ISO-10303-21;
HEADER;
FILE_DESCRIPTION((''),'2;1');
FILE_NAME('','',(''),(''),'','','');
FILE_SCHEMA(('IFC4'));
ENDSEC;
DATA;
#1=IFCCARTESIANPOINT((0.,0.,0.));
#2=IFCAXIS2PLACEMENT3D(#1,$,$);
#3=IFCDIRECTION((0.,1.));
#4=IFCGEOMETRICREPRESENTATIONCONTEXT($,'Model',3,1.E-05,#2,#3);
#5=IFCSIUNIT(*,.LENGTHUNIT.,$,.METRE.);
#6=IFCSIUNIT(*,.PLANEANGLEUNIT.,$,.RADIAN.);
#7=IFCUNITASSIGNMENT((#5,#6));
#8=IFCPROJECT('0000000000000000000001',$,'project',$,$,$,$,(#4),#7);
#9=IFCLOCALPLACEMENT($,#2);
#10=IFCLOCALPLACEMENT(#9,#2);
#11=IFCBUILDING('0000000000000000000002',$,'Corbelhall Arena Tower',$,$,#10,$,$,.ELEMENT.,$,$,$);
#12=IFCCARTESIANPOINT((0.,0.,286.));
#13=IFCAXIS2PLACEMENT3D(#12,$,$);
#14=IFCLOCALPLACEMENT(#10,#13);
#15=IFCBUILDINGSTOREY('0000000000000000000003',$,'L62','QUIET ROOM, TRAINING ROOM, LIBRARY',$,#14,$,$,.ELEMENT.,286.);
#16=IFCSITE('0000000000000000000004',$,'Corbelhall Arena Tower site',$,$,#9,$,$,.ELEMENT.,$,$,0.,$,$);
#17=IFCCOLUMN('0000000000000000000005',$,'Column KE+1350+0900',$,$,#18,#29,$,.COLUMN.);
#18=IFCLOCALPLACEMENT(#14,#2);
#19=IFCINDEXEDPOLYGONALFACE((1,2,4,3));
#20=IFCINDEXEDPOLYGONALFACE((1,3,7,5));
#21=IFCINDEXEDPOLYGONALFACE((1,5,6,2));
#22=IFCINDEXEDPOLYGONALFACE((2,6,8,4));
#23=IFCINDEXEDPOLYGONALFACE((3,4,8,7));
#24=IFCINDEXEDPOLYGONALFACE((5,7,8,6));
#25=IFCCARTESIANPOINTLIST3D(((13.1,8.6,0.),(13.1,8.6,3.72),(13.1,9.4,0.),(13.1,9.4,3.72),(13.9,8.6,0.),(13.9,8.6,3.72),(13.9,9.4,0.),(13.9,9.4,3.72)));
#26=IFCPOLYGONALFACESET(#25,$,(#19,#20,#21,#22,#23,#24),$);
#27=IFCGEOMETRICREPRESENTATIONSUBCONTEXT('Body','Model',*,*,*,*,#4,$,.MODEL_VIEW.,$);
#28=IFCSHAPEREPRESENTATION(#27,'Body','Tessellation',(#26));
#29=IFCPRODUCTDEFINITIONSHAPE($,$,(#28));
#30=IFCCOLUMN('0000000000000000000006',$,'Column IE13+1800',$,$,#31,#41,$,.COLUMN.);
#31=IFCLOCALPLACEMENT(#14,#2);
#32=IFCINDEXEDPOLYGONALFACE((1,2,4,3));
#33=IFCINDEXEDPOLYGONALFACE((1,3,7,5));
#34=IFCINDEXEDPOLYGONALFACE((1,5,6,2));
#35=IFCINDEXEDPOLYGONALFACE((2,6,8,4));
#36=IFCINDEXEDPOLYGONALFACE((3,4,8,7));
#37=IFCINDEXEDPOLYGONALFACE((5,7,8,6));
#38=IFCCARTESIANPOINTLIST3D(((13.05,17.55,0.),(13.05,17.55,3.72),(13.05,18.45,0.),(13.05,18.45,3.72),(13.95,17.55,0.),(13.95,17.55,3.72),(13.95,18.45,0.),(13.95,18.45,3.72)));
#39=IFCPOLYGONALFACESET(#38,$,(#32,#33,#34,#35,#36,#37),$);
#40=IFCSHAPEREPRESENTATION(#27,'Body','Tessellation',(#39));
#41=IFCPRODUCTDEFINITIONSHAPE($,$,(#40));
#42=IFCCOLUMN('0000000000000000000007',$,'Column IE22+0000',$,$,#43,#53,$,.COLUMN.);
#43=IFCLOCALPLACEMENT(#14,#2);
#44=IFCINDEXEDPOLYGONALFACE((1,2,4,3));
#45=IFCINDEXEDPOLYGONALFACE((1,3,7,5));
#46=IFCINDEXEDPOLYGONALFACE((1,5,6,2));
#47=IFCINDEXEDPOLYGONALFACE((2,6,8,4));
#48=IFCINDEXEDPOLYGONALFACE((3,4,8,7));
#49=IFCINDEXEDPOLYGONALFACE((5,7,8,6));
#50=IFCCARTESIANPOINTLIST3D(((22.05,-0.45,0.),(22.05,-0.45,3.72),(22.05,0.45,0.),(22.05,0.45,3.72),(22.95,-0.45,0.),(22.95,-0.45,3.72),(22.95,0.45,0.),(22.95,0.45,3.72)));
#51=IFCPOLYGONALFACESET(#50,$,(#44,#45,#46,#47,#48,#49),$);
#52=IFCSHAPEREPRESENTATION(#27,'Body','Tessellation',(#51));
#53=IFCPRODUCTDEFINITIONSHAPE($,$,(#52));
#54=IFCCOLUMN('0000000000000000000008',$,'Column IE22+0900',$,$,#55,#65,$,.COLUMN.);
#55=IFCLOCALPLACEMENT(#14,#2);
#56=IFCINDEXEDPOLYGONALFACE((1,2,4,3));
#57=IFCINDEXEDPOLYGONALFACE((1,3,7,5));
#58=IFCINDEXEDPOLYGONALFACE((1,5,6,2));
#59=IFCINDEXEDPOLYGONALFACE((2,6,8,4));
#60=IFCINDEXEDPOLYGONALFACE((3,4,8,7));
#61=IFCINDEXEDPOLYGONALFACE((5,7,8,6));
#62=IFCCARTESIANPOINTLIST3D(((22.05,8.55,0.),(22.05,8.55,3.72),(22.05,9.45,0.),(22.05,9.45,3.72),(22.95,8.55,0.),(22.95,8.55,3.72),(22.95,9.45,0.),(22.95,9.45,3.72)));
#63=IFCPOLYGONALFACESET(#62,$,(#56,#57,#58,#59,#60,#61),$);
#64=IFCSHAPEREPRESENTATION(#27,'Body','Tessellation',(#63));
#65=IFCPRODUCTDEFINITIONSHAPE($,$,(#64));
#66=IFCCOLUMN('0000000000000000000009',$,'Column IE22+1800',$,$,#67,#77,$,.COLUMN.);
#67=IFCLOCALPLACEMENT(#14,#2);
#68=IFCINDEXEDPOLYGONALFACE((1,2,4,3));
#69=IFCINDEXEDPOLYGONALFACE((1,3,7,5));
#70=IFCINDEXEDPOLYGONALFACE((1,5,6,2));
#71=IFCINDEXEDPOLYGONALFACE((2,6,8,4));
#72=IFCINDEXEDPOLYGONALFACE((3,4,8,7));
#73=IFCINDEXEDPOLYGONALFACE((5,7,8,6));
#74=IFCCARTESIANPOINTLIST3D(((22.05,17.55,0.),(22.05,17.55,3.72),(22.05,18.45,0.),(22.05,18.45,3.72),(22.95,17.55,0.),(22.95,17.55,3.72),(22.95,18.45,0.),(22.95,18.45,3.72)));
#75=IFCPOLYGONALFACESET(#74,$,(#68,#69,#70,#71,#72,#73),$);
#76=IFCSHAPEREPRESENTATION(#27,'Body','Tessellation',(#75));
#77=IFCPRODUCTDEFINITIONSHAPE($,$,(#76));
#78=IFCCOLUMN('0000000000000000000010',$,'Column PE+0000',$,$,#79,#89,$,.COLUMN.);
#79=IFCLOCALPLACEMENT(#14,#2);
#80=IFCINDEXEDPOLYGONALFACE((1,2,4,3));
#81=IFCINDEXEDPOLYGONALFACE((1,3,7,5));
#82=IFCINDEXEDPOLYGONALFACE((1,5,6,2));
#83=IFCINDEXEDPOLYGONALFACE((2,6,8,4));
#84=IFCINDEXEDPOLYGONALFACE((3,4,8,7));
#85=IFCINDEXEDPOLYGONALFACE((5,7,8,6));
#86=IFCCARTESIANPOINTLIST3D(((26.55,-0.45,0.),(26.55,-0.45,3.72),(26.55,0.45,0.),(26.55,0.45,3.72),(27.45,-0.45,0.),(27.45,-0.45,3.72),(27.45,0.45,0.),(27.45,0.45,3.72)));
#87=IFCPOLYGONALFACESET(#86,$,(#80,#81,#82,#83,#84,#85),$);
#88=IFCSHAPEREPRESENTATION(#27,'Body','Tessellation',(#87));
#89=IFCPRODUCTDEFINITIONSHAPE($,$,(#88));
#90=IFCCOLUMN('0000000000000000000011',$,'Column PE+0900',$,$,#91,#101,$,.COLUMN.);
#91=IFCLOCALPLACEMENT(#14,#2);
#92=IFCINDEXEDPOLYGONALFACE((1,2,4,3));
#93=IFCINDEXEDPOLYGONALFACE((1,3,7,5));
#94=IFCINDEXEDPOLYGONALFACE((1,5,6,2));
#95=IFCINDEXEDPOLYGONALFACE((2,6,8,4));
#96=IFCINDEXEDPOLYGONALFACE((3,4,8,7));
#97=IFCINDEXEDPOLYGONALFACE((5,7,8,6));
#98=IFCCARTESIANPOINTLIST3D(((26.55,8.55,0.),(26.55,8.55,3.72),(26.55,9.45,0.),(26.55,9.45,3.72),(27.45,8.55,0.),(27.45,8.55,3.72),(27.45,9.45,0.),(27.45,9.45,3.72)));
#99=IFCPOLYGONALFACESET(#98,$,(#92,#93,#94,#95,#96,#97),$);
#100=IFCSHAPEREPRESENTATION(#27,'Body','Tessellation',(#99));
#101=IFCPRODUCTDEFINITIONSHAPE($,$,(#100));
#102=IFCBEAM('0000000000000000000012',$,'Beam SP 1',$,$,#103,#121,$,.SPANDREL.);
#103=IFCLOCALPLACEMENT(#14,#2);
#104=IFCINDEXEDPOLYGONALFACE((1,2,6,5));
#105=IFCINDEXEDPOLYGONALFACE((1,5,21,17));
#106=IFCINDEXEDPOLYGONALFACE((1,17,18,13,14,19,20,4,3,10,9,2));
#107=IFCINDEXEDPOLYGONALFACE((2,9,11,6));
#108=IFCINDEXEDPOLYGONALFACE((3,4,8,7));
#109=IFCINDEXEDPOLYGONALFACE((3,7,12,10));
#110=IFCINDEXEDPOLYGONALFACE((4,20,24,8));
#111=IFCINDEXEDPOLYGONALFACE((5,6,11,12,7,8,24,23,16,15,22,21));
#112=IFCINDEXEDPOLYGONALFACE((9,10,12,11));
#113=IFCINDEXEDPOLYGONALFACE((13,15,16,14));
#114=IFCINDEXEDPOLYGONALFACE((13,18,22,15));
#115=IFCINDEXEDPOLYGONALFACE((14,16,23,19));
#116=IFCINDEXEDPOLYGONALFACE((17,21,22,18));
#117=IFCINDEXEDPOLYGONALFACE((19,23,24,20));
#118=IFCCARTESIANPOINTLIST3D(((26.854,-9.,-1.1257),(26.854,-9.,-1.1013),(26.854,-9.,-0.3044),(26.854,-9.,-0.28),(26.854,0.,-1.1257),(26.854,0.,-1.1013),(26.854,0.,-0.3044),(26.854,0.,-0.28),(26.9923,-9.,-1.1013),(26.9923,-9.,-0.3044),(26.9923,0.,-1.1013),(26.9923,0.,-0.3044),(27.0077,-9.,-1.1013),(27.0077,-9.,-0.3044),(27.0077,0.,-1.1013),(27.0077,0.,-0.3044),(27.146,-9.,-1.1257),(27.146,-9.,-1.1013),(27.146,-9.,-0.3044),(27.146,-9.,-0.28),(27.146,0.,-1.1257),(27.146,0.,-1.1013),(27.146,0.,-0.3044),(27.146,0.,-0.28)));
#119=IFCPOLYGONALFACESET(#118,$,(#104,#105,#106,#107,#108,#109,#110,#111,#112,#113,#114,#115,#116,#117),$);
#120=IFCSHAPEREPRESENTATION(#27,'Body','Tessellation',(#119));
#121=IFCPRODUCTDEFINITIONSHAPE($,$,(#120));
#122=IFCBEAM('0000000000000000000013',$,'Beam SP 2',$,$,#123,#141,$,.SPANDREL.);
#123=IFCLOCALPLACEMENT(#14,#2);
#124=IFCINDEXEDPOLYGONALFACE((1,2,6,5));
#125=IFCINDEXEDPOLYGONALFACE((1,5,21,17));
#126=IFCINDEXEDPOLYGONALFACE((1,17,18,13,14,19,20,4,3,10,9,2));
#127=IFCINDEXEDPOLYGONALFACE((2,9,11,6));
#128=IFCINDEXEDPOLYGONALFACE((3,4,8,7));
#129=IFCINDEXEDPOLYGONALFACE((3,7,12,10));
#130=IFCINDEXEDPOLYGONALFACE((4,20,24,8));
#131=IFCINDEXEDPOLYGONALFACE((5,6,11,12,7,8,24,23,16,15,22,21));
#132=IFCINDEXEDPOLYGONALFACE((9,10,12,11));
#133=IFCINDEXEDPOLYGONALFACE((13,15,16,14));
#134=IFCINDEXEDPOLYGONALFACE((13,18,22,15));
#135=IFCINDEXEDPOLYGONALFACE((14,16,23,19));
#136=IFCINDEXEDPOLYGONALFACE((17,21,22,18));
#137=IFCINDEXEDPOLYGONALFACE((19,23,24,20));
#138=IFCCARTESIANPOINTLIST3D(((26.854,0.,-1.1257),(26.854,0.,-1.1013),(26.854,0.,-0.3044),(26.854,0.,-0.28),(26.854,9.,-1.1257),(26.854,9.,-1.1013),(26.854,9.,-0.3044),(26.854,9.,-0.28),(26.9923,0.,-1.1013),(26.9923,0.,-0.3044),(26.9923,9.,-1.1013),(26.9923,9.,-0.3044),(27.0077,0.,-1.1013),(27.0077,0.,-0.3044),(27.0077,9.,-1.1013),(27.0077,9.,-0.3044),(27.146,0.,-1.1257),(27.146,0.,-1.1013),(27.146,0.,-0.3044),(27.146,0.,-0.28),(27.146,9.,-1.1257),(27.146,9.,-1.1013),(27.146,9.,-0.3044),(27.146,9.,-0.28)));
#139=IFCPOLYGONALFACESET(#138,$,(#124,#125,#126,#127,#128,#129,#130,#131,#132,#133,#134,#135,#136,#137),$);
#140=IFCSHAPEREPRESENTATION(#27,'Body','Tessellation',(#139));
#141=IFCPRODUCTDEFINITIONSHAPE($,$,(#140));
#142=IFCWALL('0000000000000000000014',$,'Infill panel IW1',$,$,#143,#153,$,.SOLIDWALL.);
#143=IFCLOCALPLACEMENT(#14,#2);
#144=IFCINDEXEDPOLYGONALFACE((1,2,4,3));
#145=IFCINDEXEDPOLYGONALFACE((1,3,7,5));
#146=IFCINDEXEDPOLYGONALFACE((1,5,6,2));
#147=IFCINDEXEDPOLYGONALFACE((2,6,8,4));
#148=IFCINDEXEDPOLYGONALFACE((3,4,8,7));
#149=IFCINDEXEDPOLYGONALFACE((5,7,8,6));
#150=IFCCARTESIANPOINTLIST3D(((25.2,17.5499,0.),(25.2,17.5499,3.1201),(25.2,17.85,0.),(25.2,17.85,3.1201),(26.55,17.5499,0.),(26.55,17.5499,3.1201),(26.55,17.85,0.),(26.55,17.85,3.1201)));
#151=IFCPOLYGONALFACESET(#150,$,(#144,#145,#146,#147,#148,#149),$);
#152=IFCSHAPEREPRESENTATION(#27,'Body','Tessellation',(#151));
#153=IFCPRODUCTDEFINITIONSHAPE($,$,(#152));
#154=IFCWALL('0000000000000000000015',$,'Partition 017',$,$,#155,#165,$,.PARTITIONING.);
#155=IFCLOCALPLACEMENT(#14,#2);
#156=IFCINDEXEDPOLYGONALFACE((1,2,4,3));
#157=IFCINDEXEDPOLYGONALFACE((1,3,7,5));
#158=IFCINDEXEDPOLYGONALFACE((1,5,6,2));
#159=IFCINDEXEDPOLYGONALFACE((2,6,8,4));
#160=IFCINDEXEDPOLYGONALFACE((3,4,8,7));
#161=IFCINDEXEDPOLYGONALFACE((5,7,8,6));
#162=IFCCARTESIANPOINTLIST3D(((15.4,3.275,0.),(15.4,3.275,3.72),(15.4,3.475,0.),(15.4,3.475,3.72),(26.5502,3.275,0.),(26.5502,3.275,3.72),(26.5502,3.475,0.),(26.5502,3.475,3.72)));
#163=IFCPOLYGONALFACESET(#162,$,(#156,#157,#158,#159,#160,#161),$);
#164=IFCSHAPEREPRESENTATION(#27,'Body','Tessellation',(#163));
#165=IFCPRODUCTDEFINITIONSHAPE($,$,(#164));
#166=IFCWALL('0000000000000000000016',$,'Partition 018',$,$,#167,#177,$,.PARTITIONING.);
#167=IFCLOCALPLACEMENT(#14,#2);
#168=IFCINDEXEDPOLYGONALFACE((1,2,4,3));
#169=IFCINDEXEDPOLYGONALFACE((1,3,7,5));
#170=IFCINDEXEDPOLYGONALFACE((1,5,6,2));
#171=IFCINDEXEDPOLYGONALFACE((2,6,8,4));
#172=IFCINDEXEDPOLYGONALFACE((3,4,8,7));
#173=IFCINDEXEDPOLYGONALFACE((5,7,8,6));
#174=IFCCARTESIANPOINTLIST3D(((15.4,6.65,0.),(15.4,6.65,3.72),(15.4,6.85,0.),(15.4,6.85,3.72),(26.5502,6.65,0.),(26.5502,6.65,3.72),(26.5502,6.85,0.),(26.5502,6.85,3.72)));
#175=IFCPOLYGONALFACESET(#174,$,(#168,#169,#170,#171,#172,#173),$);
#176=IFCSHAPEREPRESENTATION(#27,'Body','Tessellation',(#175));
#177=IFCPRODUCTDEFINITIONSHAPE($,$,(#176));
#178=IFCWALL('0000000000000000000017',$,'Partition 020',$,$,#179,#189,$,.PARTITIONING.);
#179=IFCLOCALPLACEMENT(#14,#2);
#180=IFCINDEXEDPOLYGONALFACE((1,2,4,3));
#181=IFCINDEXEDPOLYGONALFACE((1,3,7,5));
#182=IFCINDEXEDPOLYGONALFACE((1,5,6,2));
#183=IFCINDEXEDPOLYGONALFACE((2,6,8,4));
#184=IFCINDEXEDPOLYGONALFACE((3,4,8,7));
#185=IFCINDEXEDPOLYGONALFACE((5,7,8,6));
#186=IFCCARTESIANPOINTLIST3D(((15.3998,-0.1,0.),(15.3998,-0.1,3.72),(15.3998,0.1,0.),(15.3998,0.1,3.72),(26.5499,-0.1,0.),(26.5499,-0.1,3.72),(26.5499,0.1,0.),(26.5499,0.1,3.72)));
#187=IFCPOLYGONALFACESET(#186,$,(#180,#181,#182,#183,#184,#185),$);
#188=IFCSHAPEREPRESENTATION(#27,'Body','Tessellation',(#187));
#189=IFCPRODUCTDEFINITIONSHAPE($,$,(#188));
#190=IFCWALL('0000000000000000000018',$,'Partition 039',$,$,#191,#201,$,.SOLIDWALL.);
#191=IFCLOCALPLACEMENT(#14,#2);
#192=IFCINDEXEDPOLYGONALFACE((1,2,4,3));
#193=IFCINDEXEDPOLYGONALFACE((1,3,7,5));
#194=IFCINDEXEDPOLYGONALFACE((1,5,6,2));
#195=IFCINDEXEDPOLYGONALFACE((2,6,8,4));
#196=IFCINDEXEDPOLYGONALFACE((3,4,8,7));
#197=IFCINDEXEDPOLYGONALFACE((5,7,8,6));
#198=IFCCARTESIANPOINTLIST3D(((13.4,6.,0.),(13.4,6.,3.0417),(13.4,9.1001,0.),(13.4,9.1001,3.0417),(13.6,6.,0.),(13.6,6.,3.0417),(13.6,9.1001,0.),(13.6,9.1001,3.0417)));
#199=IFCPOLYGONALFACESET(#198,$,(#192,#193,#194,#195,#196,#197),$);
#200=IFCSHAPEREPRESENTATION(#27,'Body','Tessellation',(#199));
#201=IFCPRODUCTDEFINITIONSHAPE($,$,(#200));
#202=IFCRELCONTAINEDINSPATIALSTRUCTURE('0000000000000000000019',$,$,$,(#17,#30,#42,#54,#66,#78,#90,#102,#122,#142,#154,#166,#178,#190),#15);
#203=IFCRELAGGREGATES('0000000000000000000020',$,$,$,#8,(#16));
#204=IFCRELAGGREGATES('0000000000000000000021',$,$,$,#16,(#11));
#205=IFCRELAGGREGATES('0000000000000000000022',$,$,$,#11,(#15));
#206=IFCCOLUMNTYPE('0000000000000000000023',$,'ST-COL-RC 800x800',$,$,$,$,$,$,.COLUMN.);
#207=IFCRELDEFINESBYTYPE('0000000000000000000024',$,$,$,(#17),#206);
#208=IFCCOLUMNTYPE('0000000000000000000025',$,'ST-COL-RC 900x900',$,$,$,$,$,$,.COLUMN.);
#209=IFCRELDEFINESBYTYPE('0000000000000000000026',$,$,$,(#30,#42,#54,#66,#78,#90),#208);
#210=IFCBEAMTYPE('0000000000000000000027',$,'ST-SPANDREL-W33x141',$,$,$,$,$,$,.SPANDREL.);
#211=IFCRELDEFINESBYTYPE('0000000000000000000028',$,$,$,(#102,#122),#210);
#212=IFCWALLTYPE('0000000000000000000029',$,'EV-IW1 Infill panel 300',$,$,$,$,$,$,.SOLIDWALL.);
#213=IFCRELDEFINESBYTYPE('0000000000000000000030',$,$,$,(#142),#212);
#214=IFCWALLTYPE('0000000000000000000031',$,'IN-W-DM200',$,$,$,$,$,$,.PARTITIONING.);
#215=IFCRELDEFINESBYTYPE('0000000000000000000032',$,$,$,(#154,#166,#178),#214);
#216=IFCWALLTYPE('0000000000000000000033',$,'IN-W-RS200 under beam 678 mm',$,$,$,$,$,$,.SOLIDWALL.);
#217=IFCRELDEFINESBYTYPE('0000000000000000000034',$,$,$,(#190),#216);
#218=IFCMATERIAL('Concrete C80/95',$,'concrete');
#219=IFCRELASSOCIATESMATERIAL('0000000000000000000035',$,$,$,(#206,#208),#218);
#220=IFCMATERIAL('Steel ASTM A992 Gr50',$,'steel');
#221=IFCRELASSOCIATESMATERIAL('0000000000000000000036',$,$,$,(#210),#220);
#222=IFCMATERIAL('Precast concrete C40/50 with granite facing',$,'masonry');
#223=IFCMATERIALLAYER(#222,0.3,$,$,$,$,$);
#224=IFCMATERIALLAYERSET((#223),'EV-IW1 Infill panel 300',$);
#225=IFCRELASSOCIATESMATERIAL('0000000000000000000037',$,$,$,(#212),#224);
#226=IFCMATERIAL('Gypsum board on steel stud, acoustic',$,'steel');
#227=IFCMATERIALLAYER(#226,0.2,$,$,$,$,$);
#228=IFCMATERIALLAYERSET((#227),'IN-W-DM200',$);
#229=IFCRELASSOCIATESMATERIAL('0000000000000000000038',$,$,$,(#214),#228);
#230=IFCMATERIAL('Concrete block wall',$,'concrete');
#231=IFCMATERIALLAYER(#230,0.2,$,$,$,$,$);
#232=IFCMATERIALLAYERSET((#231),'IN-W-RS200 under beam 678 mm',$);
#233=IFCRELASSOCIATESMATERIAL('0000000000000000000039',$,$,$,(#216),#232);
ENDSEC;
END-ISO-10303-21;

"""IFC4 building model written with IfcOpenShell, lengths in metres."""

from ifc_helpers import new_model, si_unit, direction, frame, frame_2d, origin, origin_2d, place, context, subcontext, project, spatial, rectangle, i_section, extrude, material, layer, layer_set, material_profile, profile_set, type_object, element, save


model = new_model("IFC4")

# Units and contexts
model_context = context("Model", 3, precision=1e-05, world=origin(), true_north=direction((0.0, 1.0)))
body_context = subcontext(model_context, "Body", "Model", "MODEL_VIEW")
ifc_project = project(units=[si_unit("LENGTHUNIT", "METRE"), si_unit("PLANEANGLEUNIT", "RADIAN")], contexts=[model_context])

# Site, building, storey
site_placement = place(None, origin())
site = spatial("IfcSite", under=ifc_project, at=site_placement, Name="Corbelhall Arena Tower site", CompositionType="ELEMENT", RefElevation=0.0)
building_placement = place(site_placement, origin())
building = spatial("IfcBuilding", under=site, at=building_placement, Name="Corbelhall Arena Tower", CompositionType="ELEMENT")
storey_placement = place(building_placement, frame((0.0, 0.0, 286.0)))
storey = spatial("IfcBuildingStorey", under=building, at=storey_placement, Name="L62", Description="QUIET ROOM, TRAINING ROOM, LIBRARY", CompositionType="ELEMENT", Elevation=286.0)

# Columns
ifc_material_1 = material(Name="Concrete C80/95", Category="concrete")
ifc_material_profile_1 = material_profile(ifc_material_1, rectangle(XDim=0.8, YDim=0.8, at=origin_2d()))
ifc_profile_set_1 = profile_set([ifc_material_profile_1], Name="Concrete C80/95")
column_type_1 = type_object("IfcColumnType", Name="ST-COL-RC 800x800", PredefinedType="COLUMN", material=ifc_profile_set_1)
column_placement = place(storey_placement, frame((13.5, 9.0, 0.0), z_axis=(0.0, 0.0, 1.0), x_axis=(1.0, 0.0, 0.0)))
element("IfcColumn", 1, at=column_placement, inside=storey, type_object=column_type_1, Name="Column KE+1350+0900", PredefinedType="COLUMN", context=body_context, shape_type="SweptSolid", body=[
    extrude(rectangle(XDim=0.8, YDim=0.8, at=origin_2d()), origin(), (0.0, 0.0, 1.0), 3.72),
])
ifc_material_profile_2 = material_profile(ifc_material_1, rectangle(XDim=0.8999, YDim=0.8999, at=origin_2d()))
ifc_profile_set_2 = profile_set([ifc_material_profile_2], Name="Concrete C80/95")
column_type_2 = type_object("IfcColumnType", Name="ST-COL-RC 900x900", PredefinedType="COLUMN", material=ifc_profile_set_2)
for number, where, z_axis, x_axis, name in (
    (2, (13.5, 18.0, 0.0), (0.0, 0.0, 1.0), (1.0, 0.0, 0.0), "Column IE13+1800"),
    (3, (22.5, 0.0, 0.0), (0.0, 0.0, 1.0), (1.0, 0.0, 0.0), "Column IE22+0000"),
    (4, (22.5, 9.0, 0.0), (0.0, 0.0, 1.0), (1.0, 0.0, 0.0), "Column IE22+0900"),
    (5, (22.5, 18.0, 0.0), (0.0, 0.0, 1.0), (1.0, 0.0, 0.0), "Column IE22+1800"),
    (6, (27.0, 0.0, 0.0), (0.0, 0.0, 1.0), (0.0, 1.0, 0.0), "Column PE+0000"),
    (7, (27.0, 9.0, 0.0), (0.0, 0.0, 1.0), (0.0, 1.0, 0.0), "Column PE+0900"),
):
    element("IfcColumn", number, at=place(storey_placement, frame(where, z_axis=z_axis, x_axis=x_axis)), inside=storey, type_object=column_type_2, Name=name, PredefinedType="COLUMN", context=body_context, shape_type="SweptSolid", body=[
        extrude(rectangle(XDim=0.8999, YDim=0.8999, at=origin_2d()), origin(), (0.0, 0.0, 1.0), 3.72),
    ])

# Beams
ifc_material_2 = material(Name="Steel ASTM A992 Gr50", Category="steel")
ifc_material_profile_3 = material_profile(ifc_material_2, i_section(OverallWidth=0.292, OverallDepth=0.8457, WebThickness=0.0154, FlangeThickness=0.0244, at=origin_2d()))
ifc_profile_set_3 = profile_set([ifc_material_profile_3], Name="Steel ASTM A992 Gr50")
beam_type = type_object("IfcBeamType", Name="ST-SPANDREL-W33x141", PredefinedType="SPANDREL", material=ifc_profile_set_3)
for number, where, z_axis, x_axis, name in (
    (8, (27.0, 0.0, -0.7029), (0.0, -1.0, 0.0), (1.0, 0.0, 0.0), "Beam SP 1"),
    (9, (27.0, 9.0, -0.7029), (0.0, -1.0, 0.0), (1.0, 0.0, 0.0), "Beam SP 2"),
):
    element("IfcBeam", number, at=place(storey_placement, frame(where, z_axis=z_axis, x_axis=x_axis)), inside=storey, type_object=beam_type, Name=name, PredefinedType="SPANDREL", context=body_context, shape_type="SweptSolid", body=[
        extrude(i_section(OverallWidth=0.292, OverallDepth=0.8457, WebThickness=0.0154, FlangeThickness=0.0244, at=origin_2d()), origin(), (0.0, 0.0, 1.0), 9.0),
    ])

# Shared definitions
ifc_material_3 = material(Name="Precast concrete C40/50 with granite facing", Category="masonry")
ifc_layer_1 = layer(ifc_material_3, 0.3)
ifc_layer_set_1 = layer_set([ifc_layer_1], Name="EV-IW1 Infill panel 300")
wall_type_1 = type_object("IfcWallType", Name="EV-IW1 Infill panel 300", PredefinedType="SOLIDWALL", material=ifc_layer_set_1)

# Wall
wall_1_placement = place(storey_placement, frame((26.55, 17.7, 0.0), z_axis=(0.0, 0.0, 1.0), x_axis=(-1.0, 0.0, 0.0)))
element("IfcWall", 10, at=wall_1_placement, inside=storey, type_object=wall_type_1, Name="Infill panel IW1", PredefinedType="SOLIDWALL", context=body_context, shape_type="SweptSolid", body=[
    extrude(rectangle(XDim=1.3501, YDim=0.3, at=frame_2d((0.675, 0.0))), origin(), (0.0, 0.0, 1.0), 3.1201),
])

# Shared definitions
ifc_material_4 = material(Name="Gypsum board on steel stud, acoustic", Category="steel")
ifc_layer_2 = layer(ifc_material_4, 0.2)
ifc_layer_set_2 = layer_set([ifc_layer_2], Name="IN-W-DM200")
wall_type_2 = type_object("IfcWallType", Name="IN-W-DM200", PredefinedType="PARTITIONING", material=ifc_layer_set_2)

# Walls
for number, where, z_axis, x_axis, name in (
    (11, (15.3999, 3.375, 0.0), (0.0, 0.0, 1.0), (1.0, 0.0, 0.0), "Partition 017"),
    (12, (15.3999, 6.75, 0.0), (0.0, 0.0, 1.0), (1.0, 0.0, 0.0), "Partition 018"),
):
    element("IfcWall", number, at=place(storey_placement, frame(where, z_axis=z_axis, x_axis=x_axis)), inside=storey, type_object=wall_type_2, Name=name, PredefinedType="PARTITIONING", context=body_context, shape_type="SweptSolid", body=[
        extrude(rectangle(XDim=11.1501, YDim=0.2, at=frame_2d((5.5752, 0.0))), origin(), (0.0, 0.0, 1.0), 3.72),
    ])

# Walls
wall_2_placement = place(storey_placement, frame((26.55, 0.0, 0.0), z_axis=(0.0, 0.0, 1.0), x_axis=(-1.0, 0.0, 0.0)))
element("IfcWall", 13, at=wall_2_placement, inside=storey, type_object=wall_type_2, Name="Partition 020", PredefinedType="PARTITIONING", context=body_context, shape_type="SweptSolid", body=[
    extrude(rectangle(XDim=11.1501, YDim=0.2, at=frame_2d((5.5752, 0.0))), origin(), (0.0, 0.0, 1.0), 3.72),
])
ifc_material_5 = material(Name="Concrete block wall", Category="concrete")
ifc_layer_3 = layer(ifc_material_5, 0.2)
ifc_layer_set_3 = layer_set([ifc_layer_3], Name="IN-W-RS200 under beam 678 mm")
wall_type_3 = type_object("IfcWallType", Name="IN-W-RS200 under beam 678 mm", PredefinedType="SOLIDWALL", material=ifc_layer_set_3)
wall_3_placement = place(storey_placement, frame((13.5, 9.1001, 0.0), z_axis=(0.0, 0.0, 1.0), x_axis=(0.0, -1.0, 0.0)))
element("IfcWall", 14, at=wall_3_placement, inside=storey, type_object=wall_type_3, Name="Partition 039", PredefinedType="SOLIDWALL", context=body_context, shape_type="SweptSolid", body=[
    extrude(rectangle(XDim=3.1001, YDim=0.2, at=frame_2d((1.55, 0.0))), origin(), (0.0, 0.0, 1.0), 3.0417),
])

save(model, "model.ifc")
